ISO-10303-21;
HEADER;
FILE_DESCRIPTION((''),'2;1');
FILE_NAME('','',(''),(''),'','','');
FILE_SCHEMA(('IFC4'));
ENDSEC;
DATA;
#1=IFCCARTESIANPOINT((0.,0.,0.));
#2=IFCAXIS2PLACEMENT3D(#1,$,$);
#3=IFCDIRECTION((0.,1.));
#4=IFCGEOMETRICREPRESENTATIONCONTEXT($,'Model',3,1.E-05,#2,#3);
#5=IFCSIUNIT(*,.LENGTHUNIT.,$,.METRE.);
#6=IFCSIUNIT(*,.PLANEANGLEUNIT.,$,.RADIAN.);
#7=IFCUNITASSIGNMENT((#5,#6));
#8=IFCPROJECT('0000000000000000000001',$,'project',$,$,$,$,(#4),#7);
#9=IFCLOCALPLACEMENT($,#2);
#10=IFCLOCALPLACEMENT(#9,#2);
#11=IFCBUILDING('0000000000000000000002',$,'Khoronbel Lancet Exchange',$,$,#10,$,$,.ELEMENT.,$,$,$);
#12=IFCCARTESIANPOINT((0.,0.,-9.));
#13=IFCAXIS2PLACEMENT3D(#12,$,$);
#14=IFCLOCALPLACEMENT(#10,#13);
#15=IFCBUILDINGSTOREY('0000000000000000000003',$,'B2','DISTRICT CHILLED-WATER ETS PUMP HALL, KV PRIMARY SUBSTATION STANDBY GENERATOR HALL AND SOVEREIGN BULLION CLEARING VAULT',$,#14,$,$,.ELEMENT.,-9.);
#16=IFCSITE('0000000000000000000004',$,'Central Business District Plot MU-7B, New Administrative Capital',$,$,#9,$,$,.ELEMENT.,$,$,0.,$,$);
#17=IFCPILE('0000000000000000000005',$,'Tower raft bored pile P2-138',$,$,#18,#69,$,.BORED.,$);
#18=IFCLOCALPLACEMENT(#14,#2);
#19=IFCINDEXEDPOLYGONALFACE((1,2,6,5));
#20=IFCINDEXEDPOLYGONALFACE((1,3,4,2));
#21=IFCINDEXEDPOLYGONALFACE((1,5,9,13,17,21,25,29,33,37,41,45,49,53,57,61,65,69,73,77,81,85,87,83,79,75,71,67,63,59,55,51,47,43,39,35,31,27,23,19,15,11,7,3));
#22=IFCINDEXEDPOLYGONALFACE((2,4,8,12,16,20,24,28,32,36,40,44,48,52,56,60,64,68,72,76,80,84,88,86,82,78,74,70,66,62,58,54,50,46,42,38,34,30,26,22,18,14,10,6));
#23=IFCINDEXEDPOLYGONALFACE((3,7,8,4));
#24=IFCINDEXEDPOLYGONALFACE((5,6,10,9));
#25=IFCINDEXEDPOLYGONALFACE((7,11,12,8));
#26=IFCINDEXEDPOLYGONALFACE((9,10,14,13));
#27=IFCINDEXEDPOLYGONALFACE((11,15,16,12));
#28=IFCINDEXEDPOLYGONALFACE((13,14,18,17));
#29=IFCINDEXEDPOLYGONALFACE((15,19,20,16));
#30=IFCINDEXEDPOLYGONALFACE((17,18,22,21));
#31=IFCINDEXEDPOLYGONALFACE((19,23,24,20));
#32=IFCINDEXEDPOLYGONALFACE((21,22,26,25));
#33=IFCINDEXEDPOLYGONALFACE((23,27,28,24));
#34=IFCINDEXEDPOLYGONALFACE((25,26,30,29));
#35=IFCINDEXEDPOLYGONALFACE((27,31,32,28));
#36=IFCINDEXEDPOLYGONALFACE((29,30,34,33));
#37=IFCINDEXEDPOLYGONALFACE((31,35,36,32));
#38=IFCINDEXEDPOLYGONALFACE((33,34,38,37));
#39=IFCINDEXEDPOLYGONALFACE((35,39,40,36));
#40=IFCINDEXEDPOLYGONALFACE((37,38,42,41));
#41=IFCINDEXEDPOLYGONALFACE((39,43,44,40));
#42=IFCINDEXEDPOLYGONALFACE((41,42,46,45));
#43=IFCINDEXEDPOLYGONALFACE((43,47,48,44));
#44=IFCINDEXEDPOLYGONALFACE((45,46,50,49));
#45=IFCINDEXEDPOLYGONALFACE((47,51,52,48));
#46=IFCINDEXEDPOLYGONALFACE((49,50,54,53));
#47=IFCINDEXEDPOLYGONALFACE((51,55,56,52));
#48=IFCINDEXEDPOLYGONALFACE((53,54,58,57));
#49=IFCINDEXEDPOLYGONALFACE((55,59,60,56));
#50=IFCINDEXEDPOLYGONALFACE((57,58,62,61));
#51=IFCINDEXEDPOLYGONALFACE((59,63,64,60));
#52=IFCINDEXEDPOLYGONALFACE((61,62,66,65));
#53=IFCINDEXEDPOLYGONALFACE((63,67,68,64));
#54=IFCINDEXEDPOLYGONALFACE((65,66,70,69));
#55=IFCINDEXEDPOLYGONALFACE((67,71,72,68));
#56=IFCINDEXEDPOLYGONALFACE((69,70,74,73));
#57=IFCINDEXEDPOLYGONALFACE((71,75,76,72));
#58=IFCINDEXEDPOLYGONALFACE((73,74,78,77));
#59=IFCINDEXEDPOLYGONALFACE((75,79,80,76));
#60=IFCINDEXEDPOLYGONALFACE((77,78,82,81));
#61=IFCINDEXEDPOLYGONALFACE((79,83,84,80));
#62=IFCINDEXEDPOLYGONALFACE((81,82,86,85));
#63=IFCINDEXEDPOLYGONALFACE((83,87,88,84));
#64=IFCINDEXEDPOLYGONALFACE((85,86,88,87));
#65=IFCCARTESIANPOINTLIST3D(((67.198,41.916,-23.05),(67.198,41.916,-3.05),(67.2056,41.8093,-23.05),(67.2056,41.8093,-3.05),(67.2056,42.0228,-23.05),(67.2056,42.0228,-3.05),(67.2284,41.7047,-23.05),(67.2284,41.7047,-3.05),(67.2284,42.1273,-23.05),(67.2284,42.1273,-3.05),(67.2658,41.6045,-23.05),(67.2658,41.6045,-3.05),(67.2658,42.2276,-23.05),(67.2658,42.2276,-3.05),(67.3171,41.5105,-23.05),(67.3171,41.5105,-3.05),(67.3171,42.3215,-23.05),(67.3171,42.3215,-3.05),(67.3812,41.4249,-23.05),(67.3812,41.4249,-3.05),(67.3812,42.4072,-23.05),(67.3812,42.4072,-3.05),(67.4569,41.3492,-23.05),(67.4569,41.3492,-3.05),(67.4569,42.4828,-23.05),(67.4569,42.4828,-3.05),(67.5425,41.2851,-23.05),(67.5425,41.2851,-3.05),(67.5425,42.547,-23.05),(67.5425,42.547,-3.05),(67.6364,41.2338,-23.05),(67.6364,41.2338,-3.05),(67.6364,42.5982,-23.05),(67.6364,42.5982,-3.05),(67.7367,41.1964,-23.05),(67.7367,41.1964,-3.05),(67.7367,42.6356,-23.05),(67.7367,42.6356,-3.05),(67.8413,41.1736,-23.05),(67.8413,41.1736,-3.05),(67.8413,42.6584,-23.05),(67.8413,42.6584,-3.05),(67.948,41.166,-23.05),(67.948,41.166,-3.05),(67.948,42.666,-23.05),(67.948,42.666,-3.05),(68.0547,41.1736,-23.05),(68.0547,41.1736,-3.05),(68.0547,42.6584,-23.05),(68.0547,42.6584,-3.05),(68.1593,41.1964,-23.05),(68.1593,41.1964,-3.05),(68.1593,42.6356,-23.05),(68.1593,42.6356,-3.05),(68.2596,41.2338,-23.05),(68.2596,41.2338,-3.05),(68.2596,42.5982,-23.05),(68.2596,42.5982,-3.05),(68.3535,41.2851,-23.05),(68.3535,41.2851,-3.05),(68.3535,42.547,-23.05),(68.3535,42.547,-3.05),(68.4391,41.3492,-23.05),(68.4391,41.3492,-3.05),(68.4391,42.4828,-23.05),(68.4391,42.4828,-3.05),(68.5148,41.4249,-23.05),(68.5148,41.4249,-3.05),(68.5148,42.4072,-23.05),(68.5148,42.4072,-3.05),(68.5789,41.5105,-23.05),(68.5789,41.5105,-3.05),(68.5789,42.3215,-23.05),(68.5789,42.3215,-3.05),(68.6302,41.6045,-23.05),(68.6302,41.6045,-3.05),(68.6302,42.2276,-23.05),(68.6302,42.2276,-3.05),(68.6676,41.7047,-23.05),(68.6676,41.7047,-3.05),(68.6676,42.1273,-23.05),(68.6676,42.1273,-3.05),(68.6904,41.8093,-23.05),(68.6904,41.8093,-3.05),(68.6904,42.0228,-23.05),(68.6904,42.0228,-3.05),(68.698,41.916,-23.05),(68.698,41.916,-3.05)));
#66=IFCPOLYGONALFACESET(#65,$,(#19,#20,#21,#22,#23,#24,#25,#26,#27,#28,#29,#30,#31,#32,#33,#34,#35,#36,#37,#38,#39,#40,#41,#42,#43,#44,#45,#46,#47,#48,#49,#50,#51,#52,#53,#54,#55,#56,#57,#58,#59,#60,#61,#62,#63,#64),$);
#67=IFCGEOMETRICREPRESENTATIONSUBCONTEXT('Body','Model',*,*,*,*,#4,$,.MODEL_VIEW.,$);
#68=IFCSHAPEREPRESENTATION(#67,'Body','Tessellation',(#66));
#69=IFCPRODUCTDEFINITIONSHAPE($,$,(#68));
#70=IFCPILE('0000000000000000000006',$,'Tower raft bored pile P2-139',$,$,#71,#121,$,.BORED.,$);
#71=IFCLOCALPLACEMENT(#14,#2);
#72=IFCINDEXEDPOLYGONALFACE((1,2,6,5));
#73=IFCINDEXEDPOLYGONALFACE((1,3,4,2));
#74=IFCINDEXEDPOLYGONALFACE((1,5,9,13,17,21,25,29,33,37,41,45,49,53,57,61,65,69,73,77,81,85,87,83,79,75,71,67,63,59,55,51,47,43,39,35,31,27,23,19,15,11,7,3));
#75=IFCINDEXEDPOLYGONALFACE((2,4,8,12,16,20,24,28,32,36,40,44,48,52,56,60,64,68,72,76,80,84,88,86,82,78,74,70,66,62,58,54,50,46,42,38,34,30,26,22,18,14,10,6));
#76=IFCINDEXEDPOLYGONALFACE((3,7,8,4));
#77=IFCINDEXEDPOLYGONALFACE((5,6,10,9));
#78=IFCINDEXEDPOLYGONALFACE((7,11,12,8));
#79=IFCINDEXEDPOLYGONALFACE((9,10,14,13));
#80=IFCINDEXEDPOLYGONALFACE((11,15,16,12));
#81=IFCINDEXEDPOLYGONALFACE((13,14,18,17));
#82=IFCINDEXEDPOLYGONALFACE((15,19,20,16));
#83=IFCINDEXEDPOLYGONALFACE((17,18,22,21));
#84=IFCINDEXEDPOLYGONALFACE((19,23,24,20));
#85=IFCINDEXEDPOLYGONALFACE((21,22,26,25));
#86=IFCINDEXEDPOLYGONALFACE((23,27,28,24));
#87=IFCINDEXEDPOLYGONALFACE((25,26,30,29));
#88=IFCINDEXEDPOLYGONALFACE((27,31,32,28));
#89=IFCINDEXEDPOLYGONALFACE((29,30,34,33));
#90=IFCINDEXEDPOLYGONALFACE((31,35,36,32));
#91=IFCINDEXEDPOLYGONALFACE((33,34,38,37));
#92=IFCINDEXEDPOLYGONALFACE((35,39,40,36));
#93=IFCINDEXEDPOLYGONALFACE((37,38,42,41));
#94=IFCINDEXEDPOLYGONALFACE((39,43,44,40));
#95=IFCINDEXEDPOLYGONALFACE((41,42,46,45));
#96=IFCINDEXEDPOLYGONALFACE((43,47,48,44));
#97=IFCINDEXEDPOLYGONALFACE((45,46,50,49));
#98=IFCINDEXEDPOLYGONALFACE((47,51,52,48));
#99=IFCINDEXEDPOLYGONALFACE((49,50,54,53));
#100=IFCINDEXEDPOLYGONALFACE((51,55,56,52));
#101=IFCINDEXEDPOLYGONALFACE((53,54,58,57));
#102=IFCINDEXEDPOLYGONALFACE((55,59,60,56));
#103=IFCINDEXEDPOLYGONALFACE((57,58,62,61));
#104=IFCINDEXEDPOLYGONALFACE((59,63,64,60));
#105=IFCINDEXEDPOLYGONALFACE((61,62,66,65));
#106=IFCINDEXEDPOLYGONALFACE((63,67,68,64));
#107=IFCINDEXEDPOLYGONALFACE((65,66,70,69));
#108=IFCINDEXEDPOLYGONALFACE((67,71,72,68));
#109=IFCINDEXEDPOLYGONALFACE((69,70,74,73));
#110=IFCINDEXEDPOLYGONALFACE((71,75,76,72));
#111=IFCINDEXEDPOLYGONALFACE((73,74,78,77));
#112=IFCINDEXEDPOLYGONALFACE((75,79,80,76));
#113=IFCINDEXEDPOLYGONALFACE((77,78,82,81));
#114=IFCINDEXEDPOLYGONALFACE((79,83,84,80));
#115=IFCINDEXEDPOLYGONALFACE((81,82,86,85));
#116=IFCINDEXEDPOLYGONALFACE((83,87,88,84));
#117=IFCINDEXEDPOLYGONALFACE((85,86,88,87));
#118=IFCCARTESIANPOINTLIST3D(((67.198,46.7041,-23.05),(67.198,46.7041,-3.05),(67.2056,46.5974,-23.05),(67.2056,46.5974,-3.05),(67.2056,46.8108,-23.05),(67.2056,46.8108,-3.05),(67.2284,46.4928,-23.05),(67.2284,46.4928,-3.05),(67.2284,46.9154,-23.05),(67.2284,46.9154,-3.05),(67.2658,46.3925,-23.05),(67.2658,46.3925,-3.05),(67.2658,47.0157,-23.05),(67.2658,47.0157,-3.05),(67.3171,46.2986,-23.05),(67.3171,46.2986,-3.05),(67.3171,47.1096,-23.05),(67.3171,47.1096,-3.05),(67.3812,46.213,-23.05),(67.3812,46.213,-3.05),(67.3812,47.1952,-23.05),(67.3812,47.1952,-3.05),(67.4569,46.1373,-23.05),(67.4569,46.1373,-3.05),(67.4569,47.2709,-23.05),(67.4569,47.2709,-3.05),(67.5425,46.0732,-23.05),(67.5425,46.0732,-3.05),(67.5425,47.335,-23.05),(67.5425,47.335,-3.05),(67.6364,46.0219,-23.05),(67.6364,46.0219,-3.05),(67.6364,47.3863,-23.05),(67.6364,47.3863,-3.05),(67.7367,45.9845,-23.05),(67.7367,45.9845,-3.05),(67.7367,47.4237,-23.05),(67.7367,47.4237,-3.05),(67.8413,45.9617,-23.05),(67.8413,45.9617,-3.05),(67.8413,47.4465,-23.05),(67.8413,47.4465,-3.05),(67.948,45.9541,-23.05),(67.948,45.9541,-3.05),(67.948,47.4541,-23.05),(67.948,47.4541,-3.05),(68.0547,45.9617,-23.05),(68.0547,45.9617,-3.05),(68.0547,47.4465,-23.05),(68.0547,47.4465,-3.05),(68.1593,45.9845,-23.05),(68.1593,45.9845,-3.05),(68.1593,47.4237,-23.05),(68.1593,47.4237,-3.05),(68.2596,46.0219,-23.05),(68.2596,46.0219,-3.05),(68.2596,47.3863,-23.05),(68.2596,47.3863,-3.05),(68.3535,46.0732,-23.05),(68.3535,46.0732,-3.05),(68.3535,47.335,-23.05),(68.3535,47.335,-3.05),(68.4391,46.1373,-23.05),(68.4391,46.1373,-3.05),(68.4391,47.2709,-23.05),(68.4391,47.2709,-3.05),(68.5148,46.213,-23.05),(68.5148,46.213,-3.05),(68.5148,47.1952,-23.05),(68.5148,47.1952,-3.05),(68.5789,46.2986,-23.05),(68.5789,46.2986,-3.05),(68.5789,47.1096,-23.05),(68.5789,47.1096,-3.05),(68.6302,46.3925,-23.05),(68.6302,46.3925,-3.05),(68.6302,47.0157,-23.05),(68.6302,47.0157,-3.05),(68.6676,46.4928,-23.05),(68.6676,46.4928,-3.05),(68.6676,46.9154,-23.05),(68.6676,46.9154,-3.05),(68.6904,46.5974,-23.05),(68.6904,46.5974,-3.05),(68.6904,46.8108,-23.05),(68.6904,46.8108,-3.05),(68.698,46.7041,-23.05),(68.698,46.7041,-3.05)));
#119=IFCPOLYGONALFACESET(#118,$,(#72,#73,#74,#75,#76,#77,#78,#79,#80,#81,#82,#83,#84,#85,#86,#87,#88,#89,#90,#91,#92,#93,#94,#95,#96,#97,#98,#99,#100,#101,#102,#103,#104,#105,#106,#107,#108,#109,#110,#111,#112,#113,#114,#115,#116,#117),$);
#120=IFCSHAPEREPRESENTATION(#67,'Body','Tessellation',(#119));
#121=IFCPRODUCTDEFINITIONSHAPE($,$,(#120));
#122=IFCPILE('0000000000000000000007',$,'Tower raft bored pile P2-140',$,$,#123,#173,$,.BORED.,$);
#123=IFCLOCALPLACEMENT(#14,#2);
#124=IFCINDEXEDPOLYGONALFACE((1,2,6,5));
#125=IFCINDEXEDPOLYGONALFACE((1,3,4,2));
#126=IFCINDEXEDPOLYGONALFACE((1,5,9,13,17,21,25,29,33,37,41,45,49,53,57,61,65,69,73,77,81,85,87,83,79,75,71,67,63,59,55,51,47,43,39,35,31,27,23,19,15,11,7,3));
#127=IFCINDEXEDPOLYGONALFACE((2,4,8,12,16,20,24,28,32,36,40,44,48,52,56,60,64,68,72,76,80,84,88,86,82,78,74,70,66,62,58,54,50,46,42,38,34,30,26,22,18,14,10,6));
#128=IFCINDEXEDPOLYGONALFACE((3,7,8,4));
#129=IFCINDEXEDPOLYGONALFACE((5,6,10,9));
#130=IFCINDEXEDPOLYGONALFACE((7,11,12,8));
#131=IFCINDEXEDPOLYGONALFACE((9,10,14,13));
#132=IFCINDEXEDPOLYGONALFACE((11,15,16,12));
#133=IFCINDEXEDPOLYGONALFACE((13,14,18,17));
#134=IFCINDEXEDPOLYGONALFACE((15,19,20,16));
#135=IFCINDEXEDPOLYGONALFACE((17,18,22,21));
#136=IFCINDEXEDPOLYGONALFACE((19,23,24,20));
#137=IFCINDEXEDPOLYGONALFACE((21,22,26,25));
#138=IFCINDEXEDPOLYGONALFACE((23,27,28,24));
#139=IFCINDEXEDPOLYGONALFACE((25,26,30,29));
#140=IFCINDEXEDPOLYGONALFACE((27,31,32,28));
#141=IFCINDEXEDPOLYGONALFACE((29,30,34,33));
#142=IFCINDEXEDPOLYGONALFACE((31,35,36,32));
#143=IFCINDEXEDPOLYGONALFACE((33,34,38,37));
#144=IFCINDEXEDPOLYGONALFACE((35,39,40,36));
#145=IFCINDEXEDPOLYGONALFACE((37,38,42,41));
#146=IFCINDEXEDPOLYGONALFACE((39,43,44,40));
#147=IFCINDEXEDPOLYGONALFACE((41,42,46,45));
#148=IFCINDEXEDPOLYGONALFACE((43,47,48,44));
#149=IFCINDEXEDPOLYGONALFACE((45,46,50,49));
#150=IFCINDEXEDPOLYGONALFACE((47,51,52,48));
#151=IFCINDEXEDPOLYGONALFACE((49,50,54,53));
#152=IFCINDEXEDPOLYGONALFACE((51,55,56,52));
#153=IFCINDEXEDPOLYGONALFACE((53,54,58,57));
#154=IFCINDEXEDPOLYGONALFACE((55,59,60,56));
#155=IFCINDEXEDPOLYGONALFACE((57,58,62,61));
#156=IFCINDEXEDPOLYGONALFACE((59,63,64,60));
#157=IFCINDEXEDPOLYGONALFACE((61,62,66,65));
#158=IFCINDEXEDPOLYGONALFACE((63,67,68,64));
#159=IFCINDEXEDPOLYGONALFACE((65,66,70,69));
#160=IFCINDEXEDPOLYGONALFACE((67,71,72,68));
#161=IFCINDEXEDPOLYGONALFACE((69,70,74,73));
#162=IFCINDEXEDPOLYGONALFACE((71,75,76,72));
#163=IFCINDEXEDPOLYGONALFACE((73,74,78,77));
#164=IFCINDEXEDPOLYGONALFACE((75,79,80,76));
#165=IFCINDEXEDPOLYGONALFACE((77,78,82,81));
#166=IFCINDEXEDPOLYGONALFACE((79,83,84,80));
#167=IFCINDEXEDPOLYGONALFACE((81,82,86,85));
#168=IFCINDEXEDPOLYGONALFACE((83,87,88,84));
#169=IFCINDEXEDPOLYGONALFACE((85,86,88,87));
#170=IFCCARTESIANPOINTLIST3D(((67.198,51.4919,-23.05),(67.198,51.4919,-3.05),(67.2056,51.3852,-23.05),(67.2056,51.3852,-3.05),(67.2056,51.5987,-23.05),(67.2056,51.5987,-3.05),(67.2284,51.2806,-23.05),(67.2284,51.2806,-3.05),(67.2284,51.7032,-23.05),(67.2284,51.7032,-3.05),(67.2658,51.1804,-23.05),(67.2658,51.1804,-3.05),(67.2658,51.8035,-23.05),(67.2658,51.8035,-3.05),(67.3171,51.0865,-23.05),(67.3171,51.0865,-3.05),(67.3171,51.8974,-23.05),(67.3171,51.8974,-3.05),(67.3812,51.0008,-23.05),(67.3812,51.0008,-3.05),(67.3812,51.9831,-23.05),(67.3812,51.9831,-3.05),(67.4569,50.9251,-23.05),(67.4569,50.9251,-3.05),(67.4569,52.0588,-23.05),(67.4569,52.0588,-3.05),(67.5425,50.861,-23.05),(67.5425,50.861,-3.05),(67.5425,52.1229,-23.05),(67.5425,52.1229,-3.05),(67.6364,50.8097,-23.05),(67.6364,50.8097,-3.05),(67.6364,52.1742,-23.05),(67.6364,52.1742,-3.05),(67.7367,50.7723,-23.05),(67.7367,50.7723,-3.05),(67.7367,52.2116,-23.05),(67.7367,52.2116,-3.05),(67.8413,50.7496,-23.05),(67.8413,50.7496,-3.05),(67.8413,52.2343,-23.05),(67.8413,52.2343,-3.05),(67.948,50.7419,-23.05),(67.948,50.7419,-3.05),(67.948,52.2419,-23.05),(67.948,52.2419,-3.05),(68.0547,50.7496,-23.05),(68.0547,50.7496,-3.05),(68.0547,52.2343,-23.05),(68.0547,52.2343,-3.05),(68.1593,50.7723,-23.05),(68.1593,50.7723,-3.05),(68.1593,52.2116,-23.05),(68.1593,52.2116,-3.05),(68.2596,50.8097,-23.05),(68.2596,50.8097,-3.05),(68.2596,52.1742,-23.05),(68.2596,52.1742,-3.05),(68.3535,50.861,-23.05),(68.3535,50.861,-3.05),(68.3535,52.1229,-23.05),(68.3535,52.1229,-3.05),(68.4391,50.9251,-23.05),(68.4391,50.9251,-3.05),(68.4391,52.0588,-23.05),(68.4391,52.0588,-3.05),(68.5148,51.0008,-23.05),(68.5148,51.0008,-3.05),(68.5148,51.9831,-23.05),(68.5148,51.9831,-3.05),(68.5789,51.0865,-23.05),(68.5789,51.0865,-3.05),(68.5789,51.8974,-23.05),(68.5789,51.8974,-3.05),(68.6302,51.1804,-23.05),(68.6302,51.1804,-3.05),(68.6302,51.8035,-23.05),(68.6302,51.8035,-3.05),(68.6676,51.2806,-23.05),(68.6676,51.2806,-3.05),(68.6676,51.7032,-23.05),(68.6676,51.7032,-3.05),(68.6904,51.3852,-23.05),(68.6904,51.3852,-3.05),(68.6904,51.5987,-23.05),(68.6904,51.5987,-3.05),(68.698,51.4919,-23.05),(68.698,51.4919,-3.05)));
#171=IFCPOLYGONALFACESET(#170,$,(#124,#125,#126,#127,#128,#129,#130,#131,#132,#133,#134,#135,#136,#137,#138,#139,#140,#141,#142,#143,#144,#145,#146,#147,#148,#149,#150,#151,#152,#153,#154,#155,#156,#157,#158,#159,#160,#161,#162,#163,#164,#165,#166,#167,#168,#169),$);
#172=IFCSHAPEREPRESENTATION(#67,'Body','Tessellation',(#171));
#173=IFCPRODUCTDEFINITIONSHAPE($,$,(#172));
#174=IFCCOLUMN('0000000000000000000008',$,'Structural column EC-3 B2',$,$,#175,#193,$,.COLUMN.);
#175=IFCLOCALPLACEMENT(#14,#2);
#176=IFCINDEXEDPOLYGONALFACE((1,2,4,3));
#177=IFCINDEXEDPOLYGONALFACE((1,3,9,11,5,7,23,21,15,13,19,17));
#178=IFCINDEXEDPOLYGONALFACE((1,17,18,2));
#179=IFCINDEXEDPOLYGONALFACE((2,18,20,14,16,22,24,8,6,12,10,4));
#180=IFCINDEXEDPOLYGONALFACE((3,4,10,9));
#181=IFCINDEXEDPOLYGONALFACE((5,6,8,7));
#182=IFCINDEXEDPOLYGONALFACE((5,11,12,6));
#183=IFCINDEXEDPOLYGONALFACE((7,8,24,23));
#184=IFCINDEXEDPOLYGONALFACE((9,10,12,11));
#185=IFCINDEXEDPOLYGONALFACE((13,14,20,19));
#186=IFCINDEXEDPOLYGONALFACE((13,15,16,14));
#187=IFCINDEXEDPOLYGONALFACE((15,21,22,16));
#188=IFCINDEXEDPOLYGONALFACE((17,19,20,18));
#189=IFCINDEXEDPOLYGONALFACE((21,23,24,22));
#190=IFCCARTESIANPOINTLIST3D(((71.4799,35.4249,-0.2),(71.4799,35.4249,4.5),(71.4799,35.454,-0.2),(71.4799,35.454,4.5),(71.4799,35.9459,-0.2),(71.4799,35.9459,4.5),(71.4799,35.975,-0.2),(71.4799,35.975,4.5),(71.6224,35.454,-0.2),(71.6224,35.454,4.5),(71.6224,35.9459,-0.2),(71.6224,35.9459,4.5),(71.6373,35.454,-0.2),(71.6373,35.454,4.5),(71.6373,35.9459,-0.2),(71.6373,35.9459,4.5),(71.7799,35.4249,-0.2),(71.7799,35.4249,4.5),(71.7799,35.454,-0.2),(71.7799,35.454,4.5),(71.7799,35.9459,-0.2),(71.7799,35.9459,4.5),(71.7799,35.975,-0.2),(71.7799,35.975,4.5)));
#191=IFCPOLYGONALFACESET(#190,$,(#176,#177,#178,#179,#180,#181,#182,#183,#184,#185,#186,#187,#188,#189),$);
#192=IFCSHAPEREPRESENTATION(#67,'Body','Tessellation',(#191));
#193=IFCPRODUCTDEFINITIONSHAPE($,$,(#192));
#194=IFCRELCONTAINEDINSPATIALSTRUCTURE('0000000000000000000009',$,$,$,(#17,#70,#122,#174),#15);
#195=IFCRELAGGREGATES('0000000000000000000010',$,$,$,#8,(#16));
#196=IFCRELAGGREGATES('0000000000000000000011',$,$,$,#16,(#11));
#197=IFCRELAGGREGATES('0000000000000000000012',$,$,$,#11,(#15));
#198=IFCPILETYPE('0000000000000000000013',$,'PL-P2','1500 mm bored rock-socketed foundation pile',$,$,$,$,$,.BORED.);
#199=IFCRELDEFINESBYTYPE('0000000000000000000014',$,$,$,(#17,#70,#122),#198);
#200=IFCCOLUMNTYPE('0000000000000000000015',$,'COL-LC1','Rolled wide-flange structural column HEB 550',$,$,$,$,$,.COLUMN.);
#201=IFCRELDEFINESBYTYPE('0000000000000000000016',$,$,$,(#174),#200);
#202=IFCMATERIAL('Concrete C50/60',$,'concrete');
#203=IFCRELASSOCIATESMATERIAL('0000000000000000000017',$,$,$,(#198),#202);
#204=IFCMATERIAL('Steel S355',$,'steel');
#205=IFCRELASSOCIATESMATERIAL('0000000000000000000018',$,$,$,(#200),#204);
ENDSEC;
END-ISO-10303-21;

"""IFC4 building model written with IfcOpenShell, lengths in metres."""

from ifc_helpers import new_model, si_unit, direction, frame, origin, origin_2d, place, context, subcontext, project, spatial, circle, i_section, extrude, material, material_profile, profile_set, type_object, element, save


model = new_model("IFC4")

# Units and contexts
model_context = context("Model", 3, precision=1e-05, world=origin(), true_north=direction((0.0, 1.0)))
body_context = subcontext(model_context, "Body", "Model", "MODEL_VIEW")
ifc_project = project(units=[si_unit("LENGTHUNIT", "METRE"), si_unit("PLANEANGLEUNIT", "RADIAN")], contexts=[model_context])

# Site, building, storey
site_placement = place(None, origin())
site = spatial("IfcSite", under=ifc_project, at=site_placement, Name="Central Business District Plot MU-7B, New Administrative Capital", CompositionType="ELEMENT", RefElevation=0.0)
building_placement = place(site_placement, origin())
building = spatial("IfcBuilding", under=site, at=building_placement, Name="Khoronbel Lancet Exchange", CompositionType="ELEMENT")
storey_placement = place(building_placement, frame((0.0, 0.0, -9.0)))
storey = spatial("IfcBuildingStorey", under=building, at=storey_placement, Name="B2", Description="DISTRICT CHILLED-WATER ETS PUMP HALL, KV PRIMARY SUBSTATION STANDBY GENERATOR HALL AND SOVEREIGN BULLION CLEARING VAULT", CompositionType="ELEMENT", Elevation=-9.0)

# Shared definitions
ifc_material_1 = material(Name="Concrete C50/60", Category="concrete")

# Piles
ifc_material_profile_1 = material_profile(ifc_material_1, circle(Radius=0.75, at=origin_2d()), Name="BORED PILE D1500")
ifc_profile_set_1 = profile_set([ifc_material_profile_1], Name="Concrete C50/60")
pile_type_1 = type_object("IfcPileType", Name="PL-P2", Description="1500 mm bored rock-socketed foundation pile", PredefinedType="BORED", material=ifc_profile_set_1)
for number, where, z_axis, x_axis, name in (
    (1, (67.948, 41.916, -3.05), (0.0, 0.0, -1.0), (1.0, 0.0, 0.0), "Tower raft bored pile P2-138"),
    (2, (67.948, 46.7041, -3.05), (0.0, 0.0, -1.0), (1.0, 0.0, 0.0), "Tower raft bored pile P2-139"),
    (3, (67.948, 51.4919, -3.05), (0.0, 0.0, -1.0), (1.0, 0.0, 0.0), "Tower raft bored pile P2-140"),
):
    element("IfcPile", number, at=place(storey_placement, frame(where, z_axis=z_axis, x_axis=x_axis)), inside=storey, type_object=pile_type_1, Name=name, PredefinedType="BORED", context=body_context, shape_type="SweptSolid", body=[
        extrude(circle(Radius=0.75, at=origin_2d()), origin(), (0.0, 0.0, 1.0), 20.0),
    ])

# Column
ifc_material_2 = material(Name="Steel S355", Category="steel")
ifc_material_profile_2 = material_profile(ifc_material_2, i_section(OverallWidth=0.3, OverallDepth=0.55, WebThickness=0.0149, FlangeThickness=0.0291, at=origin_2d()), Name="HEB 550")
ifc_profile_set_2 = profile_set([ifc_material_profile_2], Name="Steel S355")
column_type_1 = type_object("IfcColumnType", Name="COL-LC1", Description="Rolled wide-flange structural column HEB 550", PredefinedType="COLUMN", material=ifc_profile_set_2)
for number, where, z_axis, x_axis, name in (
    (4, (71.6299, 35.7, -0.2), (0.0, 0.0, 1.0), (1.0, 0.0, 0.0), "Structural column EC-3 B2"),
):
    element("IfcColumn", number, at=place(storey_placement, frame(where, z_axis=z_axis, x_axis=x_axis)), inside=storey, type_object=column_type_1, Name=name, PredefinedType="COLUMN", context=body_context, shape_type="SweptSolid", body=[
        extrude(i_section(OverallWidth=0.3, OverallDepth=0.55, WebThickness=0.0149, FlangeThickness=0.0291, at=origin_2d()), origin(), (0.0, 0.0, 1.0), 4.7),
    ])

save(model, "model.ifc")
